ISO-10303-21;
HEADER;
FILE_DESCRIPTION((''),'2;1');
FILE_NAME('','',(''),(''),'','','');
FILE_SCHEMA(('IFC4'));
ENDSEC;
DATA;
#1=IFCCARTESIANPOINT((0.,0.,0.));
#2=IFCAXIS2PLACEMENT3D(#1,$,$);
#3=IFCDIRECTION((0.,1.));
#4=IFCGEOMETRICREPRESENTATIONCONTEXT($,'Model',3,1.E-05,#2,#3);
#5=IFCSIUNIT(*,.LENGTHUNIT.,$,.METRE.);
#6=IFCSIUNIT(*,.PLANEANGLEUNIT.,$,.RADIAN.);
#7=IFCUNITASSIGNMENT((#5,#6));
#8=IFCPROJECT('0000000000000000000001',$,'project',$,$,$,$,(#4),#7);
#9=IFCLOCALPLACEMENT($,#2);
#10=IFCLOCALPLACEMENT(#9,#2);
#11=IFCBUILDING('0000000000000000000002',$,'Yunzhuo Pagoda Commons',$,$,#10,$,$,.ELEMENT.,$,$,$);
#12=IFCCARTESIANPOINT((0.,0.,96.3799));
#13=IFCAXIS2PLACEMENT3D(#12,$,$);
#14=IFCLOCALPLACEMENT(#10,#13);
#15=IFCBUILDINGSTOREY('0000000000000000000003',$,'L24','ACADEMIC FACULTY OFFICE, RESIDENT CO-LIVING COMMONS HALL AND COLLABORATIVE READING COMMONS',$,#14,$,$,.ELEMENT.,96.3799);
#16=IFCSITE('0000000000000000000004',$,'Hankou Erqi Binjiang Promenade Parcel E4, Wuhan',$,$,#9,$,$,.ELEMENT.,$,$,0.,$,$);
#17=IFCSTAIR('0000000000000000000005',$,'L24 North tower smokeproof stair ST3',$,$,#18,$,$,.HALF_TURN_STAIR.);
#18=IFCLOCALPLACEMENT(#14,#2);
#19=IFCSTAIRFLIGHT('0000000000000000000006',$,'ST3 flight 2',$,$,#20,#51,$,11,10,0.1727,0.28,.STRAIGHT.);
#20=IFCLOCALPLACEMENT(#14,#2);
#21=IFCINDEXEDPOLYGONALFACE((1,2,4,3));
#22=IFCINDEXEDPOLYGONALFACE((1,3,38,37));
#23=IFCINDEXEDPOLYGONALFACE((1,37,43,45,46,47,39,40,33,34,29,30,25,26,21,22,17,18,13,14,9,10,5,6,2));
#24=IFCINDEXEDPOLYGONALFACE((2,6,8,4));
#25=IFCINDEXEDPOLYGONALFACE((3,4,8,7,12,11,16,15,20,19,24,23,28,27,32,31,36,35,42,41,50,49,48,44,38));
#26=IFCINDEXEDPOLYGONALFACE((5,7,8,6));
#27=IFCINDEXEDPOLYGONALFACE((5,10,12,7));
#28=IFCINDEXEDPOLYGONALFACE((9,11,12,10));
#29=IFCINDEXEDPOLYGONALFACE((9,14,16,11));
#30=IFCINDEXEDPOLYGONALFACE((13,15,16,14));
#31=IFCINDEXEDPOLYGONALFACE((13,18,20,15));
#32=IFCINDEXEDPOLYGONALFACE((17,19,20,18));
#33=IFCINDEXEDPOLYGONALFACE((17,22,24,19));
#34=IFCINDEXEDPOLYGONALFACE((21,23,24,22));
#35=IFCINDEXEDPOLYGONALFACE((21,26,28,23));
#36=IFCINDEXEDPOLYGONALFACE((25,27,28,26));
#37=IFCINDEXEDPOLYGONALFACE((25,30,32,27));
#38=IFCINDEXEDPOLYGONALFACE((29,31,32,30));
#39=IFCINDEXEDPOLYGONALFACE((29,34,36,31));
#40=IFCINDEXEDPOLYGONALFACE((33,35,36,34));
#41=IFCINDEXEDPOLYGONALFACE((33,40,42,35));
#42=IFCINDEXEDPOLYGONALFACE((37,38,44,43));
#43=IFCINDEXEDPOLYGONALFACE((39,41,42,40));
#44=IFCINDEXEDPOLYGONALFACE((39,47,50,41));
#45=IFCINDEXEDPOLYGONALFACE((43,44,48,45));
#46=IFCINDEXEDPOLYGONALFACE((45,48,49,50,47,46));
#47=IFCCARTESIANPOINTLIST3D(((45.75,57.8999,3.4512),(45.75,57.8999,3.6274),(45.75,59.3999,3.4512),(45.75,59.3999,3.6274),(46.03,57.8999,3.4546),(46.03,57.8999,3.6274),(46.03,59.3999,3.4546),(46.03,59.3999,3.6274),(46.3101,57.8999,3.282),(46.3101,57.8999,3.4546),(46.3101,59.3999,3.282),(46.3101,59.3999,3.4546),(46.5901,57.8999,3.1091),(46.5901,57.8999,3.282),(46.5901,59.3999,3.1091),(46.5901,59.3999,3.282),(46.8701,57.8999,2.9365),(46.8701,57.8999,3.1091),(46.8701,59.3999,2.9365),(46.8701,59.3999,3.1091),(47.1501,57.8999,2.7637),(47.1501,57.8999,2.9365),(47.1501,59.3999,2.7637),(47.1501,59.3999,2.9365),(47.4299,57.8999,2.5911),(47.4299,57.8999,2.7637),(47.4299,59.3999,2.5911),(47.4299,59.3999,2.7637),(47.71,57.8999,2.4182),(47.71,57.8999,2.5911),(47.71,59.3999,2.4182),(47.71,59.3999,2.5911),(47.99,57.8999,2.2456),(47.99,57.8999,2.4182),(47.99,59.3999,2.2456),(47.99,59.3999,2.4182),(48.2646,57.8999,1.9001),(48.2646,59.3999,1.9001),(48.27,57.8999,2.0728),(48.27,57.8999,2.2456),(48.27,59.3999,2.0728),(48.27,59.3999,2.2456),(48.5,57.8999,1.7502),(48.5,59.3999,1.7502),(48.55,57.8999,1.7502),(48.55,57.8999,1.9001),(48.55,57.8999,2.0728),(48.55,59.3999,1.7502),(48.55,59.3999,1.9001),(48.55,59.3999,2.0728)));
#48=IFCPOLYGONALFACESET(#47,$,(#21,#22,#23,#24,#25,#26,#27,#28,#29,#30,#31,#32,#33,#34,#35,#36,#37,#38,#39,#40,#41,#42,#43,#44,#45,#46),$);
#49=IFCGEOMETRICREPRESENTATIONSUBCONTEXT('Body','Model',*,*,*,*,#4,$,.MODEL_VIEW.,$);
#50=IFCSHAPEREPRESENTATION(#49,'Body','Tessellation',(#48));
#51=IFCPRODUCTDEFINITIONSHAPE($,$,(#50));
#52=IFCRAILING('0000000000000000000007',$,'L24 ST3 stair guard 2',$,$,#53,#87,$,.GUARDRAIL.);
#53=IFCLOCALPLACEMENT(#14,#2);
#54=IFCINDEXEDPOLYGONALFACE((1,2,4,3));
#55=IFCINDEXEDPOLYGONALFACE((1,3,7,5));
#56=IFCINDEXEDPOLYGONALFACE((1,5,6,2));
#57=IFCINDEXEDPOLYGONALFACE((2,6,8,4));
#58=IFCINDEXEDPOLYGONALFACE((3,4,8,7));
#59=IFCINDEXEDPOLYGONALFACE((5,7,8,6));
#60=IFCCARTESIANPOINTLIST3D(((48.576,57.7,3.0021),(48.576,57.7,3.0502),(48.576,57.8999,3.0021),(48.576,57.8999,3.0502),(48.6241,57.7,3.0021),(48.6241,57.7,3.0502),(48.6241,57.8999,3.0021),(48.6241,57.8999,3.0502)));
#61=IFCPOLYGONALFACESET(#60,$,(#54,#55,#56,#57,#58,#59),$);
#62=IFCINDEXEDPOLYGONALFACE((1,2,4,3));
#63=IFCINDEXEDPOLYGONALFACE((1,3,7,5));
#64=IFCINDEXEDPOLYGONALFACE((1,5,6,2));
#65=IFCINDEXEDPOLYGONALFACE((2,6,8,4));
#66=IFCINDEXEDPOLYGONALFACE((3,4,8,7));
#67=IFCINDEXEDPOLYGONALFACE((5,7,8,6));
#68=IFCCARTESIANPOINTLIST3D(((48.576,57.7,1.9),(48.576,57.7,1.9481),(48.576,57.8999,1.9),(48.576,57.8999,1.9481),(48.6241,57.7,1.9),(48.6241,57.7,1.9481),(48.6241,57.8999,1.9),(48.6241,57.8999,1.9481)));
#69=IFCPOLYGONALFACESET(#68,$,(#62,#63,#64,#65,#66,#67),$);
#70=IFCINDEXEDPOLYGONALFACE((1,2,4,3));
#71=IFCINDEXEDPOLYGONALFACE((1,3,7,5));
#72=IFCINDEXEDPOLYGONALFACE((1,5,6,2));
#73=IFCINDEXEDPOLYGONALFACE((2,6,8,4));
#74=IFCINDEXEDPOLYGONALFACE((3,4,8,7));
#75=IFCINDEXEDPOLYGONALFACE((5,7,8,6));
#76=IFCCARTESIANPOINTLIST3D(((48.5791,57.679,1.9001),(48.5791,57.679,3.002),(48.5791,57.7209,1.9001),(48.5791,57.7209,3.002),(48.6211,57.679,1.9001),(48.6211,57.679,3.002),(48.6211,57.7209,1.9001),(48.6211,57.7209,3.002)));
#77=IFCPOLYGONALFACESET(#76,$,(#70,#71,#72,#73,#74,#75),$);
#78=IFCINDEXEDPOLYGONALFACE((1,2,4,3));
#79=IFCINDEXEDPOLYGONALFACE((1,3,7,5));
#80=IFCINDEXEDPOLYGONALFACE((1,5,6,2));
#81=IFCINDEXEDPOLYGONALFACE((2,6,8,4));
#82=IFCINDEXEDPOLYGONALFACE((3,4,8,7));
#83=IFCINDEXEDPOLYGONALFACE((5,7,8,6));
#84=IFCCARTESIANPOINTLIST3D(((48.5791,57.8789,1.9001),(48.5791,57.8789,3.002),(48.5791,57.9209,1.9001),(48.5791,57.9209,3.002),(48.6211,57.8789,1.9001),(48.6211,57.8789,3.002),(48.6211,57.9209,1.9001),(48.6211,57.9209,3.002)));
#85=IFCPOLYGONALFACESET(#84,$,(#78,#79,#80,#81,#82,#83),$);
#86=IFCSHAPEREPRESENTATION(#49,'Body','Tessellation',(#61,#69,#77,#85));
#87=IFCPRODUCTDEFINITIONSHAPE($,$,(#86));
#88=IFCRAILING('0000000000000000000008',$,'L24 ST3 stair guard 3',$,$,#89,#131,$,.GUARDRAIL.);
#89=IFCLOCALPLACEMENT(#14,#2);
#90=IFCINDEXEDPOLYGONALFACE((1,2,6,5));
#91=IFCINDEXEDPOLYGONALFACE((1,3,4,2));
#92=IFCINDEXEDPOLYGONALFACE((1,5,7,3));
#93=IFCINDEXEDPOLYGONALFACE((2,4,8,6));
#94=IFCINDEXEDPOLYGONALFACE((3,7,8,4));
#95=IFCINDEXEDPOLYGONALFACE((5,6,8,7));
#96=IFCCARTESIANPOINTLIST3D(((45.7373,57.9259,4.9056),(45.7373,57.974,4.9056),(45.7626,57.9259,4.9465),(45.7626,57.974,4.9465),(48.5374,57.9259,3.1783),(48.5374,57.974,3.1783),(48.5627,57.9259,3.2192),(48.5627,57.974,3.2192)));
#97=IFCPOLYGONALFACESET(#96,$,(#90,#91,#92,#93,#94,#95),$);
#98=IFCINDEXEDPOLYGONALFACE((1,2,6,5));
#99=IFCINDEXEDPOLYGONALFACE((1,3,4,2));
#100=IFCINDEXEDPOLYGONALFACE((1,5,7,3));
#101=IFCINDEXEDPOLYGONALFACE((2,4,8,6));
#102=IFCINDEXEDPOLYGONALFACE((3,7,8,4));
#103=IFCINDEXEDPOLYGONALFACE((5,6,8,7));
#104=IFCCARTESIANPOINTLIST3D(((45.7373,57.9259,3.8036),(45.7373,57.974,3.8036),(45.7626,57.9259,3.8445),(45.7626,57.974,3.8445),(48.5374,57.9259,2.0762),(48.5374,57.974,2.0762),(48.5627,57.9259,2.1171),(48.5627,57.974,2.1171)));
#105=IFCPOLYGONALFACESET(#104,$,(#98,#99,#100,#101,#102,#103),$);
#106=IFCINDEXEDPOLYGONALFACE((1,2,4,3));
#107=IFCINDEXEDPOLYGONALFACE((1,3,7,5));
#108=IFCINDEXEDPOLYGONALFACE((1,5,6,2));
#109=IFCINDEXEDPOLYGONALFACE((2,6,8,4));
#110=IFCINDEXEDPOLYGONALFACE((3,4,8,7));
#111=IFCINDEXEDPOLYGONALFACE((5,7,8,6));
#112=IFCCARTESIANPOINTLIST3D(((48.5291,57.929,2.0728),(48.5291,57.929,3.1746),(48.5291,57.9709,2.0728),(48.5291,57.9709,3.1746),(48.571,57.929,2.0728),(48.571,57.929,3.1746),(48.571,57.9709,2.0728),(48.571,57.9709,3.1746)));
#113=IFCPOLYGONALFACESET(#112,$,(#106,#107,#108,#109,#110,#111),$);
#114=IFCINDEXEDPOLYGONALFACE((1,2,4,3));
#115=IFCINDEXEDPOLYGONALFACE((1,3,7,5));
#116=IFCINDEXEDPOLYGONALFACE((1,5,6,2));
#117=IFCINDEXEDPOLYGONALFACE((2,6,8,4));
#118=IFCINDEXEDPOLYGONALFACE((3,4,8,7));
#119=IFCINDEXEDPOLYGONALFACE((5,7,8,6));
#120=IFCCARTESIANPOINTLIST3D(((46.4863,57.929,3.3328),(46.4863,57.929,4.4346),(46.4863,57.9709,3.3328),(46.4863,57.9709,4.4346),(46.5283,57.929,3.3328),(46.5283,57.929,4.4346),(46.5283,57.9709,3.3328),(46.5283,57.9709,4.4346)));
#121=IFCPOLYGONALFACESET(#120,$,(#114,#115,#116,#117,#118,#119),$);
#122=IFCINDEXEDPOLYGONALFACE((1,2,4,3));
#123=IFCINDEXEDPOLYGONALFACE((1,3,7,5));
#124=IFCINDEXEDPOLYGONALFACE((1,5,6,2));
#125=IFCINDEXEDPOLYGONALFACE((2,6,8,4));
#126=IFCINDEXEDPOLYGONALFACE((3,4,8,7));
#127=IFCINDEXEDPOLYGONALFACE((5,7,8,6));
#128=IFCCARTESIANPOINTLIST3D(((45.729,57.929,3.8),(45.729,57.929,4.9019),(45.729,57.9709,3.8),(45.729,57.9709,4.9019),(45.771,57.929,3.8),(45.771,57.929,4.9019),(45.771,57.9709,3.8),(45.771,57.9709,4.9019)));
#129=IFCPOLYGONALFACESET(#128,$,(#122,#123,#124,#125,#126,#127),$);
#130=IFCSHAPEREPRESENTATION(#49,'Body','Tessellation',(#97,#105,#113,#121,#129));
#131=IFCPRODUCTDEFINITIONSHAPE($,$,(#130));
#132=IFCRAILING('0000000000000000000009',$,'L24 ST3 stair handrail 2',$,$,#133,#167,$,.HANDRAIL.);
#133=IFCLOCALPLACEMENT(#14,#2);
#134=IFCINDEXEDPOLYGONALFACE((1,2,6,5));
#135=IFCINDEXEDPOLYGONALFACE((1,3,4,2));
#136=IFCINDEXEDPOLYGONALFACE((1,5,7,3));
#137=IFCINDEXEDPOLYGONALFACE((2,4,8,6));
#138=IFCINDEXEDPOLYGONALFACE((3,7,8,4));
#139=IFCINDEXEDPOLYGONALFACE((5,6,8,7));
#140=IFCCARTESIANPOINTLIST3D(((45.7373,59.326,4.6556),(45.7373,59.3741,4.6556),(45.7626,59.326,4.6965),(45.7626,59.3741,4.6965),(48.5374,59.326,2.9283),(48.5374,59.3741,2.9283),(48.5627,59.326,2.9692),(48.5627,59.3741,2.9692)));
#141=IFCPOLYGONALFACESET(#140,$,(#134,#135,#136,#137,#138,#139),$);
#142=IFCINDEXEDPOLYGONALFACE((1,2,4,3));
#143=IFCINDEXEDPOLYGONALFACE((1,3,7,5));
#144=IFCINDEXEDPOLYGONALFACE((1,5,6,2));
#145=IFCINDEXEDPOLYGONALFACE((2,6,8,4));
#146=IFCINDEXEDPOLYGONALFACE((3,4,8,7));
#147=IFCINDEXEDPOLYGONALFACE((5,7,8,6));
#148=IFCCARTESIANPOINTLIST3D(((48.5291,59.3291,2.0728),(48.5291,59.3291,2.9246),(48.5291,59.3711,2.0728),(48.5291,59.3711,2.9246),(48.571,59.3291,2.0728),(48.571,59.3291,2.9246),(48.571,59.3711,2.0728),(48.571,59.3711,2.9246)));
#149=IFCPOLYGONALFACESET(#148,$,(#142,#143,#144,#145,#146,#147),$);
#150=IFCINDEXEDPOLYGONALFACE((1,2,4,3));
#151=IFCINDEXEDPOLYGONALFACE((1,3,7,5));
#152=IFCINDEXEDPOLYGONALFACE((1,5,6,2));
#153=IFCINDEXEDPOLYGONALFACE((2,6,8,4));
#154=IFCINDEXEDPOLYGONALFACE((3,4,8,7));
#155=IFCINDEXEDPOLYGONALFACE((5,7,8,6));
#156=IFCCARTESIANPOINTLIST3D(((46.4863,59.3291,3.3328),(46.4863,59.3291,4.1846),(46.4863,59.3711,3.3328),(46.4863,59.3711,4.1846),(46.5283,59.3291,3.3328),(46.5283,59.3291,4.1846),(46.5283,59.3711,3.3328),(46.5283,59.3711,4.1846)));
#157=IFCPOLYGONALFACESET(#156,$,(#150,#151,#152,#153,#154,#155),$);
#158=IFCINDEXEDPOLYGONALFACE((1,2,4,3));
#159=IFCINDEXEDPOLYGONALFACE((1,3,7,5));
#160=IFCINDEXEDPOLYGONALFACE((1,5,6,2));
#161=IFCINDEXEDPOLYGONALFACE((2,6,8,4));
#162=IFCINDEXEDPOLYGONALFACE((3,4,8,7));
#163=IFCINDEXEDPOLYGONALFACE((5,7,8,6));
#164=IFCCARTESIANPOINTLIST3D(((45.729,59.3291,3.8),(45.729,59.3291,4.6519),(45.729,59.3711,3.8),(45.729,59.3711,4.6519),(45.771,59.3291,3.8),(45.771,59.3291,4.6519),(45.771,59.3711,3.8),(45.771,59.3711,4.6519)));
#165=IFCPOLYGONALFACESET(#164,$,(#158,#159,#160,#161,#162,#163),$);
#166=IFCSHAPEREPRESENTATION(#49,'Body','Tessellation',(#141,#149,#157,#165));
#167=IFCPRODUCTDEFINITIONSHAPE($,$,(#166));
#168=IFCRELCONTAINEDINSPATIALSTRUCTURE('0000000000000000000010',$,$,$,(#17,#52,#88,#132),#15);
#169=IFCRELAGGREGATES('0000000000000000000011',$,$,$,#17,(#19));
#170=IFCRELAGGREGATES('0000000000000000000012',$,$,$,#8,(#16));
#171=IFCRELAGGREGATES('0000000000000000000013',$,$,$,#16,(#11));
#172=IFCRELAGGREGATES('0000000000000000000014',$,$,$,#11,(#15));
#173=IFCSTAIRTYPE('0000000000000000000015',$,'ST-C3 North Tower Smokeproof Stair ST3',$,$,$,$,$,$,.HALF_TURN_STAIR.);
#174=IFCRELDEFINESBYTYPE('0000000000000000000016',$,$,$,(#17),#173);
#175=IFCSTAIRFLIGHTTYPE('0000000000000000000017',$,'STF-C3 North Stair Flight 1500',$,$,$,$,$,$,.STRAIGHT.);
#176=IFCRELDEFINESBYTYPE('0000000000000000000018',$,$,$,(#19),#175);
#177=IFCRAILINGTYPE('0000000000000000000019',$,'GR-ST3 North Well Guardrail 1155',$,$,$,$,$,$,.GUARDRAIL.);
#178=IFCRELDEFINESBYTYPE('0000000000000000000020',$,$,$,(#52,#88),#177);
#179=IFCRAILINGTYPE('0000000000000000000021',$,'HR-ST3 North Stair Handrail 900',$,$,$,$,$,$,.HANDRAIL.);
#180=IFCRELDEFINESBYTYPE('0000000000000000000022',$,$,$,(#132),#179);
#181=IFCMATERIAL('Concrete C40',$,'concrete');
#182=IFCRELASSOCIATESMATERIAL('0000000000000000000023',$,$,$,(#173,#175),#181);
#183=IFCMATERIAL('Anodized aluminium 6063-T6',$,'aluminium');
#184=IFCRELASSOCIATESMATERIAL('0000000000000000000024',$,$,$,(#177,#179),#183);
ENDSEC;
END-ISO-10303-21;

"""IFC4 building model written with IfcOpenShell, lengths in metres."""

from ifc_helpers import new_model, si_unit, direction, frame, origin, origin_2d, place, context, subcontext, project, spatial, polyline, rectangle, outline, extrude, source, transform, mapped, material, type_object, element, aggregate, save


model = new_model("IFC4")

# Units and contexts
model_context = context("Model", 3, precision=1e-05, world=origin(), true_north=direction((0.0, 1.0)))
body_context = subcontext(model_context, "Body", "Model", "MODEL_VIEW")
ifc_project = project(units=[si_unit("LENGTHUNIT", "METRE"), si_unit("PLANEANGLEUNIT", "RADIAN")], contexts=[model_context])

# Site, building, storey
site_placement = place(None, origin())
site = spatial("IfcSite", under=ifc_project, at=site_placement, Name="Hankou Erqi Binjiang Promenade Parcel E4, Wuhan", CompositionType="ELEMENT", RefElevation=0.0)
building_placement = place(site_placement, origin())
building = spatial("IfcBuilding", under=site, at=building_placement, Name="Yunzhuo Pagoda Commons", CompositionType="ELEMENT")
storey_placement = place(building_placement, frame((0.0, 0.0, 96.3799)))
storey = spatial("IfcBuildingStorey", under=building, at=storey_placement, Name="L24", Description="ACADEMIC FACULTY OFFICE, RESIDENT CO-LIVING COMMONS HALL AND COLLABORATIVE READING COMMONS", CompositionType="ELEMENT", Elevation=96.3799)

# Shared definitions
ifc_material_1 = material(Name="Anodized aluminium 6063-T6", Category="aluminium")

# Stair, stair flight
ifc_material_2 = material(Name="Concrete C40", Category="concrete")
stair_type = type_object("IfcStairType", Name="ST-C3 North Tower Smokeproof Stair ST3", PredefinedType="HALF_TURN_STAIR", material=ifc_material_2)
stair_placement = place(storey_placement, origin())
stair = element("IfcStair", 1, at=stair_placement, inside=storey, type_object=stair_type, Name="L24 North tower smokeproof stair ST3", PredefinedType="HALF_TURN_STAIR")
stair_flight_type = type_object("IfcStairFlightType", Name="STF-C3 North Stair Flight 1500", PredefinedType="STRAIGHT", material=ifc_material_2)
shared_shape_1 = source(origin(), body_context, "Body", "SweptSolid", [
    extrude(outline(polyline([(0.0, -0.1499), (0.0, 0.0), (0.0, 0.1726), (0.28, 0.1726), (0.28, 0.3455), (0.5601, 0.3455), (0.5601, 0.5181), (0.8401, 0.5181), (0.8401, 0.6909), (1.1201, 0.6909), (1.1201, 0.8635), (1.3999, 0.8635), (1.3999, 1.0364), (1.6799, 1.0364), (1.6799, 1.209), (1.96, 1.209), (1.96, 1.3818), (2.24, 1.3818), (2.24, 1.5544), (2.52, 1.5544), (2.52, 1.7273), (2.8, 1.7273), (2.8, 1.8999), (2.8, 1.551), (0.2854, 0.0), (0.05, -0.1499), (0.0, -0.1499)])), frame((0.0, 0.75, 0.0), z_axis=(0.0, -1.0, 0.0), x_axis=(1.0, 0.0, 0.0)), (0.0, 0.0, 1.0), 1.5),
])
stair_flight_placement = place(storey_placement, frame((48.55, 58.6499, 1.9001), z_axis=(0.0, 0.0, 1.0), x_axis=(-1.0, 0.0, 0.0)))
stair_flight = element("IfcStairFlight", 2, at=stair_flight_placement, type_object=stair_flight_type, Name="ST3 flight 2", NumberOfRisers=11, NumberOfTreads=10, PredefinedType="STRAIGHT", RiserHeight=0.1727, TreadLength=0.28, context=body_context, shape_type="MappedRepresentation", body=[
    mapped(shared_shape_1, transform((0.0, 0.0, 0.0), scale=1.0)),
])
aggregate(stair, [stair_flight])

# Railings
railing_type_1 = type_object("IfcRailingType", Name="GR-ST3 North Well Guardrail 1155", PredefinedType="GUARDRAIL", material=ifc_material_1)
railing_1_placement = place(storey_placement, frame((48.6001, 57.7, 1.9001)))
element("IfcRailing", 3, at=railing_1_placement, inside=storey, type_object=railing_type_1, Name="L24 ST3 stair guard 2", PredefinedType="GUARDRAIL", context=body_context, shape_type="SweptSolid", body=[
    extrude(rectangle(XDim=0.0481, YDim=0.0481, at=origin_2d()), frame((0.0, 0.0, 1.126), z_axis=(0.0, 1.0, 0.0), x_axis=(-1.0, 0.0, 0.0)), (0.0, 0.0, 1.0), 0.2),
    extrude(rectangle(XDim=0.0481, YDim=0.0481, at=origin_2d()), frame((0.0, 0.0, 0.0239), z_axis=(0.0, 1.0, 0.0), x_axis=(-1.0, 0.0, 0.0)), (0.0, 0.0, 1.0), 0.2),
    extrude(rectangle(XDim=0.042, YDim=0.042, at=origin_2d()), origin(), (0.0, 0.0, 1.0), 1.1018),
    extrude(rectangle(XDim=0.042, YDim=0.042, at=origin_2d()), frame((0.0, 0.2, 0.0)), (0.0, 0.0, 1.0), 1.1018),
])
railing_2_placement = place(storey_placement, frame((48.55, 57.95, 2.0728)))
element("IfcRailing", 4, at=railing_2_placement, inside=storey, type_object=railing_type_1, Name="L24 ST3 stair guard 3", PredefinedType="GUARDRAIL", context=body_context, shape_type="SweptSolid", body=[
    extrude(rectangle(XDim=0.0481, YDim=0.0481, at=origin_2d()), frame((0.0, 0.0, 1.126), z_axis=(-0.85109, 0.0, 0.52502), x_axis=(0.0, -1.0, 0.0)), (0.0, 0.0, 1.0), 3.29),
    extrude(rectangle(XDim=0.0481, YDim=0.0481, at=origin_2d()), frame((0.0, 0.0, 0.0239), z_axis=(-0.85109, 0.0, 0.52502), x_axis=(0.0, -1.0, 0.0)), (0.0, 0.0, 1.0), 3.29),
    extrude(rectangle(XDim=0.042, YDim=0.042, at=origin_2d()), origin(), (0.0, 0.0, 1.0), 1.1018),
    extrude(rectangle(XDim=0.042, YDim=0.042, at=origin_2d()), frame((-2.0427, 0.0, 1.26)), (0.0, 0.0, 1.0), 1.1018),
    extrude(rectangle(XDim=0.042, YDim=0.042, at=origin_2d()), frame((-2.8, 0.0, 1.7273)), (0.0, 0.0, 1.0), 1.1018),
])
railing_type_2 = type_object("IfcRailingType", Name="HR-ST3 North Stair Handrail 900", PredefinedType="HANDRAIL", material=ifc_material_1)
railing_3_placement = place(storey_placement, frame((48.55, 59.3501, 2.0728)))
element("IfcRailing", 5, at=railing_3_placement, inside=storey, type_object=railing_type_2, Name="L24 ST3 stair handrail 2", PredefinedType="HANDRAIL", context=body_context, shape_type="SweptSolid", body=[
    extrude(rectangle(XDim=0.0481, YDim=0.0481, at=origin_2d()), frame((0.0, 0.0, 0.876), z_axis=(-0.85109, 0.0, 0.52502), x_axis=(0.0, -1.0, 0.0)), (0.0, 0.0, 1.0), 3.29),
    extrude(rectangle(XDim=0.042, YDim=0.042, at=origin_2d()), origin(), (0.0, 0.0, 1.0), 0.8518),
    extrude(rectangle(XDim=0.042, YDim=0.042, at=origin_2d()), frame((-2.0427, 0.0, 1.26)), (0.0, 0.0, 1.0), 0.8518),
    extrude(rectangle(XDim=0.042, YDim=0.042, at=origin_2d()), frame((-2.8, 0.0, 1.7273)), (0.0, 0.0, 1.0), 0.8518),
])

save(model, "model.ifc")
